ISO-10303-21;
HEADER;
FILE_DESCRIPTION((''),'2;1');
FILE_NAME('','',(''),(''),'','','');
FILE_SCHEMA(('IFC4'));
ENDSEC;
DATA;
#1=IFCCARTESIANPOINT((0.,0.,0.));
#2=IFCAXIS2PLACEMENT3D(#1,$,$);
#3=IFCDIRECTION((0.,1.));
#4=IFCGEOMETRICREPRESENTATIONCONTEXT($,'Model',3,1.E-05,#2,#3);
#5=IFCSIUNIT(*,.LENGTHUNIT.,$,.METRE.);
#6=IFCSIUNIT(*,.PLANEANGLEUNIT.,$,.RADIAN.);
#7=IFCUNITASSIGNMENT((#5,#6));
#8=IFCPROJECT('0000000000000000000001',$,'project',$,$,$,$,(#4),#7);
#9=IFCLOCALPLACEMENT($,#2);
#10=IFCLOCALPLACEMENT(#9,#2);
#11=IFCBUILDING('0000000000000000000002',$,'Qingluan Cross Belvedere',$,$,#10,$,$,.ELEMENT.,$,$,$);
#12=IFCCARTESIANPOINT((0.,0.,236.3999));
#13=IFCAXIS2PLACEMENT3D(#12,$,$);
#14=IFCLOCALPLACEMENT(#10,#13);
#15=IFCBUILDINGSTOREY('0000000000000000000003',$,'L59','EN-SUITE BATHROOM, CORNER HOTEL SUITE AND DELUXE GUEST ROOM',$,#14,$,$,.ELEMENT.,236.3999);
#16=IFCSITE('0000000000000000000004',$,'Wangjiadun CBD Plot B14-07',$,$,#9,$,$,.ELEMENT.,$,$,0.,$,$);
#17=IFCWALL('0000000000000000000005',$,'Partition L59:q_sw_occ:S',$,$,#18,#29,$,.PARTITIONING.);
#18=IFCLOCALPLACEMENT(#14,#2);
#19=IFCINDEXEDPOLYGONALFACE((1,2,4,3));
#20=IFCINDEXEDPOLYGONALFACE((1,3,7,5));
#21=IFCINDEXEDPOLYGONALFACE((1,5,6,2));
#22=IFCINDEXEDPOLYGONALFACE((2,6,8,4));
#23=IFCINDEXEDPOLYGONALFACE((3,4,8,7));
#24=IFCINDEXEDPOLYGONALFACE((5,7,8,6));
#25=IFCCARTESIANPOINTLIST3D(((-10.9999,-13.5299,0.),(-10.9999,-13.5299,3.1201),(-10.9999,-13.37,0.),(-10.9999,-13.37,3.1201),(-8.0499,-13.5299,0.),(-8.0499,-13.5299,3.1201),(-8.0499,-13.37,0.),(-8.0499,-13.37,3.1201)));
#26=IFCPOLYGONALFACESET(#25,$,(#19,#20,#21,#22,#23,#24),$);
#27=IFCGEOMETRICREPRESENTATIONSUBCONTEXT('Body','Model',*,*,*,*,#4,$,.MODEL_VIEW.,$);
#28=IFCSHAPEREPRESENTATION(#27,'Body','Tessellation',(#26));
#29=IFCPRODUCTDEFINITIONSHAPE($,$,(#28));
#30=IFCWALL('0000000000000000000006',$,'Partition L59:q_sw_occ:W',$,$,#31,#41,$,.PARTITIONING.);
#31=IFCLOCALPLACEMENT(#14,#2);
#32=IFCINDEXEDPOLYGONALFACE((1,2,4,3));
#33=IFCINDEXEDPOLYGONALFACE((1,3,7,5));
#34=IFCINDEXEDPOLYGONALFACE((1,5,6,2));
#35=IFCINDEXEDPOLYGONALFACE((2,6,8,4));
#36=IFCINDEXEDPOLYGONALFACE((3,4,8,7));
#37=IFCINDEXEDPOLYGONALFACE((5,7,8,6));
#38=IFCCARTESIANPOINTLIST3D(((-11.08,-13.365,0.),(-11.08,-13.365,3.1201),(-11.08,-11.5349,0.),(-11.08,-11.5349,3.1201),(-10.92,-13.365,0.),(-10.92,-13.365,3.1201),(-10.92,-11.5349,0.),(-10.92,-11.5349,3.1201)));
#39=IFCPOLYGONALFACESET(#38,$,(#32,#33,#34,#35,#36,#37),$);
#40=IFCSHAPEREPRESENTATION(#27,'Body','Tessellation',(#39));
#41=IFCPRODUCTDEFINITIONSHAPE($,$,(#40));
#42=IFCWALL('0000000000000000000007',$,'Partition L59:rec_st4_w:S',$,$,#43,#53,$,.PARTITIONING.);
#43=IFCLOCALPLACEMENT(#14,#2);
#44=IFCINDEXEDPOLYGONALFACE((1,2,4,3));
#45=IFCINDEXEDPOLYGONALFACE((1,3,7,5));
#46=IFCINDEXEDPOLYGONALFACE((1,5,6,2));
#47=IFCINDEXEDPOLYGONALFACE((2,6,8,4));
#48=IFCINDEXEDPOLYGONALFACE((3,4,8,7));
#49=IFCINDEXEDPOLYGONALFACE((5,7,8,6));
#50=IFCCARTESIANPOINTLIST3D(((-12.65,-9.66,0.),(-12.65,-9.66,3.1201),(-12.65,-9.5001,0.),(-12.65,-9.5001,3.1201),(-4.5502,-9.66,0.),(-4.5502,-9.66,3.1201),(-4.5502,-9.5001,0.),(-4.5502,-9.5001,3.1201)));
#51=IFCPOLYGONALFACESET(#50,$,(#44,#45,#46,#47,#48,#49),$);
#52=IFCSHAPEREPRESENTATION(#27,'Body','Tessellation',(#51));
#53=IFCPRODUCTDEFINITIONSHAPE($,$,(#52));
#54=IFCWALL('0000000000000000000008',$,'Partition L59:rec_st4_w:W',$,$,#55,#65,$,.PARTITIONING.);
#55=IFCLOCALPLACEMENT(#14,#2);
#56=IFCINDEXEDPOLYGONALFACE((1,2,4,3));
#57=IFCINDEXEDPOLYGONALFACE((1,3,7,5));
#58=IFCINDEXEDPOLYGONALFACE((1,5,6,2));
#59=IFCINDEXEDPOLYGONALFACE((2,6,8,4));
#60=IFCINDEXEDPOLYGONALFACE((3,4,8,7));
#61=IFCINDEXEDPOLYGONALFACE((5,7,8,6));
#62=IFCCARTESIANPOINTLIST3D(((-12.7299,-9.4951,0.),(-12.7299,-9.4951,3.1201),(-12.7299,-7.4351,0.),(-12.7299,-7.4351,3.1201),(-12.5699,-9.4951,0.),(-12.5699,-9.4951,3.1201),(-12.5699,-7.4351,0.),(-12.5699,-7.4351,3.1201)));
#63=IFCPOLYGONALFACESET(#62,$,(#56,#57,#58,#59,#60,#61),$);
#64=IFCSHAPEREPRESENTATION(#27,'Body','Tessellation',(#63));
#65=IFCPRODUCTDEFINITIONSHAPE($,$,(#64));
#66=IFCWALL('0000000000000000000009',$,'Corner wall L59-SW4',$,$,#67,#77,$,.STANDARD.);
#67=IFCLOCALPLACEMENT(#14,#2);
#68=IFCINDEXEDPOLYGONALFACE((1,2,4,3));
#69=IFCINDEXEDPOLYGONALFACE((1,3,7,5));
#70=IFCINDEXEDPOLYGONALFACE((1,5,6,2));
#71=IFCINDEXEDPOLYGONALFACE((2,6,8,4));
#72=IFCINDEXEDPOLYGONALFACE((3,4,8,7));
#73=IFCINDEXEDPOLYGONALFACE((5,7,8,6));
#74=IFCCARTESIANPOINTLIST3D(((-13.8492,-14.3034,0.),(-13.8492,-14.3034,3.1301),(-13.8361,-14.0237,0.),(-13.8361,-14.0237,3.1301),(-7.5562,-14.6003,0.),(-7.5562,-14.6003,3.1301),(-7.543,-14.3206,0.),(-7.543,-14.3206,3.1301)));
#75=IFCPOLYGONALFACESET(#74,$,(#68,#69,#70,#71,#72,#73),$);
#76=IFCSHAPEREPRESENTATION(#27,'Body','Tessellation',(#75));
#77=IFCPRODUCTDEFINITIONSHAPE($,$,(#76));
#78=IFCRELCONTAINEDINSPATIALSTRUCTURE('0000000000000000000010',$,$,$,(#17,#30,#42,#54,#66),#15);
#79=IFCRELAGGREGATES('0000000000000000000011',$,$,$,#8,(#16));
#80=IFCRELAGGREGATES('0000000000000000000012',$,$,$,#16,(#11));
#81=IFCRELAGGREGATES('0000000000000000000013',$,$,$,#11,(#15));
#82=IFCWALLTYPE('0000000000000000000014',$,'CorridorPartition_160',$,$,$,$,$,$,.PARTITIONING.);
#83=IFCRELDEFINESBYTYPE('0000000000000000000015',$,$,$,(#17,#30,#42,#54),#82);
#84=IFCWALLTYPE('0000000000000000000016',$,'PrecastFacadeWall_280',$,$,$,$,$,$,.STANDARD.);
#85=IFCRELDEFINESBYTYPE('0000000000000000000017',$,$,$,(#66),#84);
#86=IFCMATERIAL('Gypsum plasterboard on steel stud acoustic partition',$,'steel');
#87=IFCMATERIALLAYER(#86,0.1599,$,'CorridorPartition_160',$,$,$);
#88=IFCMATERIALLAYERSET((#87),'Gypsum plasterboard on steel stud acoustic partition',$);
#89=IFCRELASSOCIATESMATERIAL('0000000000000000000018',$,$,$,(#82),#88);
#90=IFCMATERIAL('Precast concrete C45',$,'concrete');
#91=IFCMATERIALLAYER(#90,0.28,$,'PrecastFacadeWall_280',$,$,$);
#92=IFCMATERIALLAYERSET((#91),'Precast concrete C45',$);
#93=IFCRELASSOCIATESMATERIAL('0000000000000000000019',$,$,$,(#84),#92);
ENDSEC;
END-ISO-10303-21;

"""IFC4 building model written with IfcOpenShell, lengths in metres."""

from ifc_helpers import new_model, si_unit, direction, frame, frame_2d, origin, place, context, subcontext, project, spatial, rectangle, extrude, material, layer, layer_set, type_object, element, save


model = new_model("IFC4")

# Units and contexts
model_context = context("Model", 3, precision=1e-05, world=origin(), true_north=direction((0.0, 1.0)))
body_context = subcontext(model_context, "Body", "Model", "MODEL_VIEW")
ifc_project = project(units=[si_unit("LENGTHUNIT", "METRE"), si_unit("PLANEANGLEUNIT", "RADIAN")], contexts=[model_context])

# Site, building, storey
site_placement = place(None, origin())
site = spatial("IfcSite", under=ifc_project, at=site_placement, Name="Wangjiadun CBD Plot B14-07", CompositionType="ELEMENT", RefElevation=0.0)
building_placement = place(site_placement, origin())
building = spatial("IfcBuilding", under=site, at=building_placement, Name="Qingluan Cross Belvedere", CompositionType="ELEMENT")
storey_placement = place(building_placement, frame((0.0, 0.0, 236.3999)))
storey = spatial("IfcBuildingStorey", under=building, at=storey_placement, Name="L59", Description="EN-SUITE BATHROOM, CORNER HOTEL SUITE AND DELUXE GUEST ROOM", CompositionType="ELEMENT", Elevation=236.3999)

# Wall
ifc_material_1 = material(Name="Gypsum plasterboard on steel stud acoustic partition", Category="steel")
ifc_layer_1 = layer(ifc_material_1, 0.1599, Name="CorridorPartition_160")
ifc_layer_set_1 = layer_set([ifc_layer_1], Name="Gypsum plasterboard on steel stud acoustic partition")
wall_type_1 = type_object("IfcWallType", Name="CorridorPartition_160", PredefinedType="PARTITIONING", material=ifc_layer_set_1)
wall_1_placement = place(storey_placement, frame((-11.0, -13.45, 0.0), z_axis=(0.0, 0.0, 1.0), x_axis=(1.0, 0.0, 0.0)))
element("IfcWall", 1, at=wall_1_placement, inside=storey, type_object=wall_type_1, Name="Partition L59:q_sw_occ:S", PredefinedType="PARTITIONING", context=body_context, shape_type="SweptSolid", body=[
    extrude(rectangle(XDim=2.95, YDim=0.1599, at=frame_2d((1.4751, 0.0))), origin(), (0.0, 0.0, 1.0), 3.1201),
])

# Walls
wall_2_placement = place(storey_placement, frame((-11.0, -13.365, 0.0), z_axis=(0.0, 0.0, 1.0), x_axis=(0.0, 1.0, 0.0)))
element("IfcWall", 2, at=wall_2_placement, inside=storey, type_object=wall_type_1, Name="Partition L59:q_sw_occ:W", PredefinedType="PARTITIONING", context=body_context, shape_type="SweptSolid", body=[
    extrude(rectangle(XDim=1.8301, YDim=0.1599, at=frame_2d((0.915, 0.0))), origin(), (0.0, 0.0, 1.0), 3.1201),
])
wall_3_placement = place(storey_placement, frame((-12.6499, -9.5801, 0.0), z_axis=(0.0, 0.0, 1.0), x_axis=(1.0, 0.0, 0.0)))
element("IfcWall", 3, at=wall_3_placement, inside=storey, type_object=wall_type_1, Name="Partition L59:rec_st4_w:S", PredefinedType="PARTITIONING", context=body_context, shape_type="SweptSolid", body=[
    extrude(rectangle(XDim=8.0999, YDim=0.1599, at=frame_2d((4.0498, 0.0))), origin(), (0.0, 0.0, 1.0), 3.1201),
])
wall_4_placement = place(storey_placement, frame((-12.6499, -9.4951, 0.0), z_axis=(0.0, 0.0, 1.0), x_axis=(0.0, 1.0, 0.0)))
element("IfcWall", 4, at=wall_4_placement, inside=storey, type_object=wall_type_1, Name="Partition L59:rec_st4_w:W", PredefinedType="PARTITIONING", context=body_context, shape_type="SweptSolid", body=[
    extrude(rectangle(XDim=2.0601, YDim=0.1599, at=frame_2d((1.03, 0.0))), origin(), (0.0, 0.0, 1.0), 3.1201),
])
ifc_material_2 = material(Name="Precast concrete C45", Category="concrete")
ifc_layer_2 = layer(ifc_material_2, 0.28, Name="PrecastFacadeWall_280")
ifc_layer_set_2 = layer_set([ifc_layer_2], Name="Precast concrete C45")
wall_type_2 = type_object("IfcWallType", Name="PrecastFacadeWall_280", PredefinedType="STANDARD", material=ifc_layer_set_2)
wall_5_placement = place(storey_placement, frame((-13.8425, -14.1636, 0.0), z_axis=(0.0, 0.0, 1.0), x_axis=(0.998889, -0.047123, 0.0)))
element("IfcWall", 5, at=wall_5_placement, inside=storey, type_object=wall_type_2, Name="Corner wall L59-SW4", PredefinedType="STANDARD", context=body_context, shape_type="SweptSolid", body=[
    extrude(rectangle(XDim=6.3, YDim=0.28, at=frame_2d((3.1499, 0.0))), origin(), (0.0, 0.0, 1.0), 3.1301),
])

save(model, "model.ifc")
